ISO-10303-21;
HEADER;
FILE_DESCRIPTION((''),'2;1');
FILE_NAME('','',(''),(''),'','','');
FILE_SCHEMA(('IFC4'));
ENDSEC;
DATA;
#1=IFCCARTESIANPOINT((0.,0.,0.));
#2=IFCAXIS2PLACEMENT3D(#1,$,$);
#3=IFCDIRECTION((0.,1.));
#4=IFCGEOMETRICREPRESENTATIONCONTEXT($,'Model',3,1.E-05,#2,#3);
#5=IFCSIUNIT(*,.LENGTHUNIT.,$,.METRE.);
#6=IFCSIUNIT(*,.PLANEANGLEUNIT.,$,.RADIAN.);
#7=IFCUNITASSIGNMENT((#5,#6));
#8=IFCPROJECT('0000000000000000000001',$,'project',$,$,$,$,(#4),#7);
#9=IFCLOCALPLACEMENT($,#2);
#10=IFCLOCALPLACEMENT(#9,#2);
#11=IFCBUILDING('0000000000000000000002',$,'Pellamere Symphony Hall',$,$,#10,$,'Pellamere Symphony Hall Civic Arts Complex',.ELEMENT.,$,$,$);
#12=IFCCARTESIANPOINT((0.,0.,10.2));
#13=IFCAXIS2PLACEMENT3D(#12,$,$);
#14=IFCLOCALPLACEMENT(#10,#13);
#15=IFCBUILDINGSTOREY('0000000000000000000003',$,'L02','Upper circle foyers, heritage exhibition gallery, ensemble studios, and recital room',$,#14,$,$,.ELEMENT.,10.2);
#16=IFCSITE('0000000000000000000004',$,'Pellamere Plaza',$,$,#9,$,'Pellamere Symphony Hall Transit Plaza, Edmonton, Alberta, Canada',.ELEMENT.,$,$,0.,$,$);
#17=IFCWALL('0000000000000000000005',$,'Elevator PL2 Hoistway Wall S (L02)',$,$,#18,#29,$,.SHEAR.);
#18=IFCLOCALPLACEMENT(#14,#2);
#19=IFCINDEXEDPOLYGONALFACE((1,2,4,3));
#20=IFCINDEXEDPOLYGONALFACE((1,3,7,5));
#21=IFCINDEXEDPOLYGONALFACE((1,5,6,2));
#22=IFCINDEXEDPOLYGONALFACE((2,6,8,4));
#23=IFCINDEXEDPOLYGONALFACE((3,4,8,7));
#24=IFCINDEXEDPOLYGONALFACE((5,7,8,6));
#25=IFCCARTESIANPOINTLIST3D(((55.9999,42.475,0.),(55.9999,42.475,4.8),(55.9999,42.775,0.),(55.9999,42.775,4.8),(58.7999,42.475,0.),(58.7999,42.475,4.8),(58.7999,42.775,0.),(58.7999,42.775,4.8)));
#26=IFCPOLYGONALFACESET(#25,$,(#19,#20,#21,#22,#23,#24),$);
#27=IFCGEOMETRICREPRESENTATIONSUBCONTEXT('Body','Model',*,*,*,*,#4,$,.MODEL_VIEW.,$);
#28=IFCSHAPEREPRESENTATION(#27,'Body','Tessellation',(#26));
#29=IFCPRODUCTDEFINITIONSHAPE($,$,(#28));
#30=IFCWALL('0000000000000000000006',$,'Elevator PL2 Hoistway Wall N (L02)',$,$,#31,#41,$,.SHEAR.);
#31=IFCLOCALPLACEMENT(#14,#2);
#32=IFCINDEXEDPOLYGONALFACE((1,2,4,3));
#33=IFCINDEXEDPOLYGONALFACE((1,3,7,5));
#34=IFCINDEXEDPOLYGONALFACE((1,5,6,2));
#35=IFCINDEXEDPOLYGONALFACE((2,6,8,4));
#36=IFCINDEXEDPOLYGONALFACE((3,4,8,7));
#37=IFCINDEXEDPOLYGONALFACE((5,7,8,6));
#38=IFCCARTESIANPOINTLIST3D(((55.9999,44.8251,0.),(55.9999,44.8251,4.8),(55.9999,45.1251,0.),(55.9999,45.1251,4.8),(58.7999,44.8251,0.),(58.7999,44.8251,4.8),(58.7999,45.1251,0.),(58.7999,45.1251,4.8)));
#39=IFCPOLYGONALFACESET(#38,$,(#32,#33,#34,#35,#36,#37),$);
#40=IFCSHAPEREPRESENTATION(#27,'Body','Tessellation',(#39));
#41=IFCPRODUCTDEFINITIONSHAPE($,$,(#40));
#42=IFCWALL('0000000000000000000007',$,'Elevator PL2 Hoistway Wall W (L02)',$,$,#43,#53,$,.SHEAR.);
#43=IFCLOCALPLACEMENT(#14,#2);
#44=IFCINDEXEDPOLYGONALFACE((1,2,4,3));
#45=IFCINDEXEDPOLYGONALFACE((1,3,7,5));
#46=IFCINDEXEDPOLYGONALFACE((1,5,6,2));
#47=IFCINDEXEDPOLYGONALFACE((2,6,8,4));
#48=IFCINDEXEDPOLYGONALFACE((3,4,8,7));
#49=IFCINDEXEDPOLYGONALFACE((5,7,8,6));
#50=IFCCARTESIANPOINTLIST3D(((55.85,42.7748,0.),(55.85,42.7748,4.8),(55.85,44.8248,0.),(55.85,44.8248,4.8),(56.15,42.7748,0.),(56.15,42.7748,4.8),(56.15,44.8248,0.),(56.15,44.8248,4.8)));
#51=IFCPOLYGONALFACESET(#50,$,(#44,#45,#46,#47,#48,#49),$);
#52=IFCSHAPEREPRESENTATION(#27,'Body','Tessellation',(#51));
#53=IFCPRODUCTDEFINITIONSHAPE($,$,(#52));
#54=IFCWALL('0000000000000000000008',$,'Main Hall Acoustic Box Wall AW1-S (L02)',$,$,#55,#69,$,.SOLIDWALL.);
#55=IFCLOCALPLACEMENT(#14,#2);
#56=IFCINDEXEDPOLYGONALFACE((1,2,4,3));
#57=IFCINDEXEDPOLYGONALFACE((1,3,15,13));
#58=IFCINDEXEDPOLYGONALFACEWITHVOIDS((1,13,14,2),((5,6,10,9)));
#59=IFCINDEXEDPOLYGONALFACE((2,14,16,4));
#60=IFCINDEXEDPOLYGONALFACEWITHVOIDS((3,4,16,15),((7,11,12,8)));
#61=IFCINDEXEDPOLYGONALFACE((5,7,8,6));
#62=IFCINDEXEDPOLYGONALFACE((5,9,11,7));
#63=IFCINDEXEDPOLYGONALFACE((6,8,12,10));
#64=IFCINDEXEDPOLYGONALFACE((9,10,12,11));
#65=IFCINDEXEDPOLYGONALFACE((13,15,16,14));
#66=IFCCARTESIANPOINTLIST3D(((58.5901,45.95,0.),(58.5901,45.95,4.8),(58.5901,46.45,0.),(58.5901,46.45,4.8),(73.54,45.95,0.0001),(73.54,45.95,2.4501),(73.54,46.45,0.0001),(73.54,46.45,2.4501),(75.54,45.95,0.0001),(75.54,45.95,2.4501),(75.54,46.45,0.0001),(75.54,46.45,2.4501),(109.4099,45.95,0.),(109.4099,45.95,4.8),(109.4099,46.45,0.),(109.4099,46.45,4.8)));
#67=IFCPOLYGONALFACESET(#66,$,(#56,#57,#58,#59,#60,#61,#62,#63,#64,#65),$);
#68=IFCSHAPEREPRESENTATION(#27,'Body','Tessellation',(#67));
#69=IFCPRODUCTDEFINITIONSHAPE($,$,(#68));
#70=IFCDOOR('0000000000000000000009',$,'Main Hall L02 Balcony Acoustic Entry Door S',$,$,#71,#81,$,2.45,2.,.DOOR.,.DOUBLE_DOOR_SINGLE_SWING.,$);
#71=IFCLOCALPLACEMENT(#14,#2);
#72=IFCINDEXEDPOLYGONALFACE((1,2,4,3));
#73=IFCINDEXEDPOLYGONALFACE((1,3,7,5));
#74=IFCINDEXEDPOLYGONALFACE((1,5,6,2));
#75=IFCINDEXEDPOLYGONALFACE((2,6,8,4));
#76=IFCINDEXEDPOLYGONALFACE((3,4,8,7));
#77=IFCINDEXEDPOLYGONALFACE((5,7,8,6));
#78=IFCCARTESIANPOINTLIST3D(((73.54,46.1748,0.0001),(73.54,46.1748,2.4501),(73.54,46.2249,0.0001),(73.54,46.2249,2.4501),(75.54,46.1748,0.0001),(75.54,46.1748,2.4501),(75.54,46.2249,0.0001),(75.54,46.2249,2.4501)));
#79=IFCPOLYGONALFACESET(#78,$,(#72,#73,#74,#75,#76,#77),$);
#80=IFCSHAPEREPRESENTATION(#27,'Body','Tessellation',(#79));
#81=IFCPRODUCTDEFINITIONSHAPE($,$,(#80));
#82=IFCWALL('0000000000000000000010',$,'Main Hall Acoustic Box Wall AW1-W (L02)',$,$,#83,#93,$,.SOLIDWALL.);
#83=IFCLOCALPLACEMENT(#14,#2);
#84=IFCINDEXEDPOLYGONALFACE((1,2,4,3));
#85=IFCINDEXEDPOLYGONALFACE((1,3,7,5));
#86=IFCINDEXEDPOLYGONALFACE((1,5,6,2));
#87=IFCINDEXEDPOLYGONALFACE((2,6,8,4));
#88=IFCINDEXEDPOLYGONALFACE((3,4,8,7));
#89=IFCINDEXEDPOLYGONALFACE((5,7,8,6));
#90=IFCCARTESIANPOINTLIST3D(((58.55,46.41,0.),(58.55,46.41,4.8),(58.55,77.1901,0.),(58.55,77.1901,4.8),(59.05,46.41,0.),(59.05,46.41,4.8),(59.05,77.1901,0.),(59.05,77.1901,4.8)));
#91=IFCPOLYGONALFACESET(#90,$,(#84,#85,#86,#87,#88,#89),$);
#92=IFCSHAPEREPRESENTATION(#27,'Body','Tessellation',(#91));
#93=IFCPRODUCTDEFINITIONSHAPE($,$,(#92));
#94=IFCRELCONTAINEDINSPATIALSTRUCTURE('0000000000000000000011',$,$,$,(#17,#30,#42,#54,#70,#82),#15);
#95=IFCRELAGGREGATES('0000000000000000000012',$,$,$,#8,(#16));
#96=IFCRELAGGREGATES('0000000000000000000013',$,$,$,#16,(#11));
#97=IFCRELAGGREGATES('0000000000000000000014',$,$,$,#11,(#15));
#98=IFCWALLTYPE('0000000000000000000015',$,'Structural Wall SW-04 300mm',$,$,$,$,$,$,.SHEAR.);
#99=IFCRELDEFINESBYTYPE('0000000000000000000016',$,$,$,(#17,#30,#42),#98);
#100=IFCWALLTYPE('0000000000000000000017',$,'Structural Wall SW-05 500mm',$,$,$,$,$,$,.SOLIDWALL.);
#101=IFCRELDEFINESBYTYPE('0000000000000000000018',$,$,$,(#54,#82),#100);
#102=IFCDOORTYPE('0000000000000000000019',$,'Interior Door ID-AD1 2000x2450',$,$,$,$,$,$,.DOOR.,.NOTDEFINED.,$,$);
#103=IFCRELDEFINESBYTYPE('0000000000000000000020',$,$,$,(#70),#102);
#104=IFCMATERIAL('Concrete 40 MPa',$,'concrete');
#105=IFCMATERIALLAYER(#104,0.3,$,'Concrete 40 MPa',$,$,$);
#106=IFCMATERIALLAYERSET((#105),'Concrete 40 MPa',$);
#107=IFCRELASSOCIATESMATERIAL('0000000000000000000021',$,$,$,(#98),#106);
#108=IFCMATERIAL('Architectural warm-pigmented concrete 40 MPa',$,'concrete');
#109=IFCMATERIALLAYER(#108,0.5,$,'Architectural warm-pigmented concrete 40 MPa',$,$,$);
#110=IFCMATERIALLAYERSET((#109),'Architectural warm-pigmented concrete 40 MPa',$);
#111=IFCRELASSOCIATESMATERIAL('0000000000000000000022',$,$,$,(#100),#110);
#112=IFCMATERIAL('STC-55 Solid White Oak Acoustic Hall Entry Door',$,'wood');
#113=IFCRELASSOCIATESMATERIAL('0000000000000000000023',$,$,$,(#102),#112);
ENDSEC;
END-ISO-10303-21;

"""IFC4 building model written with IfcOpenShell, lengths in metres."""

from ifc_helpers import new_model, si_unit, direction, frame, frame_2d, origin, place, context, subcontext, project, spatial, rectangle, extrude, material, layer, layer_set, type_object, element, fill, save


model = new_model("IFC4")

# Units and contexts
model_context = context("Model", 3, precision=1e-05, world=origin(), true_north=direction((0.0, 1.0)))
body_context = subcontext(model_context, "Body", "Model", "MODEL_VIEW")
ifc_project = project(units=[si_unit("LENGTHUNIT", "METRE"), si_unit("PLANEANGLEUNIT", "RADIAN")], contexts=[model_context])

# Site, building, storey
site_placement = place(None, origin())
site = spatial("IfcSite", under=ifc_project, at=site_placement, Name="Pellamere Plaza", LongName="Pellamere Symphony Hall Transit Plaza, Edmonton, Alberta, Canada", CompositionType="ELEMENT", RefElevation=0.0)
building_placement = place(site_placement, origin())
building = spatial("IfcBuilding", under=site, at=building_placement, Name="Pellamere Symphony Hall", LongName="Pellamere Symphony Hall Civic Arts Complex", CompositionType="ELEMENT")
storey_placement = place(building_placement, frame((0.0, 0.0, 10.2)))
storey = spatial("IfcBuildingStorey", under=building, at=storey_placement, Name="L02", Description="Upper circle foyers, heritage exhibition gallery, ensemble studios, and recital room", CompositionType="ELEMENT", Elevation=10.2)

# Shared definitions
ifc_material_1 = material(Name="Concrete 40 MPa", Category="concrete")

# Walls
ifc_layer_1 = layer(ifc_material_1, 0.3, Name="Concrete 40 MPa")
ifc_layer_set_1 = layer_set([ifc_layer_1], Name="Concrete 40 MPa")
wall_type_1 = type_object("IfcWallType", Name="Structural Wall SW-04 300mm", PredefinedType="SHEAR", material=ifc_layer_set_1)
for number, where, z_axis, x_axis, name in (
    (1, (56.0, 42.625, 0.0), (0.0, 0.0, 1.0), (1.0, 0.0, 0.0), "Elevator PL2 Hoistway Wall S (L02)"),
    (2, (56.0, 44.9751, 0.0), (0.0, 0.0, 1.0), (1.0, 0.0, 0.0), "Elevator PL2 Hoistway Wall N (L02)"),
):
    element("IfcWall", number, at=place(storey_placement, frame(where, z_axis=z_axis, x_axis=x_axis)), inside=storey, type_object=wall_type_1, Name=name, PredefinedType="SHEAR", context=body_context, shape_type="SweptSolid", body=[
        extrude(rectangle(XDim=2.8, YDim=0.3, at=frame_2d((1.3999, 0.0))), origin(), (0.0, 0.0, 1.0), 4.8),
    ])
wall_1_placement = place(storey_placement, frame((56.0, 42.7749, 0.0), z_axis=(0.0, 0.0, 1.0), x_axis=(0.0, 1.0, 0.0)))
element("IfcWall", 3, at=wall_1_placement, inside=storey, type_object=wall_type_1, Name="Elevator PL2 Hoistway Wall W (L02)", PredefinedType="SHEAR", context=body_context, shape_type="SweptSolid", body=[
    extrude(rectangle(XDim=2.05, YDim=0.3, at=frame_2d((1.0249, 0.0))), origin(), (0.0, 0.0, 1.0), 4.8),
])

# Wall, opening, door
ifc_material_2 = material(Name="Architectural warm-pigmented concrete 40 MPa", Category="concrete")
ifc_layer_2 = layer(ifc_material_2, 0.5, Name="Architectural warm-pigmented concrete 40 MPa")
ifc_layer_set_2 = layer_set([ifc_layer_2], Name="Architectural warm-pigmented concrete 40 MPa")
wall_type_2 = type_object("IfcWallType", Name="Structural Wall SW-05 500mm", PredefinedType="SOLIDWALL", material=ifc_layer_set_2)
wall_2_placement = place(storey_placement, frame((58.5901, 46.2, 0.0), z_axis=(0.0, 0.0, 1.0), x_axis=(1.0, 0.0, 0.0)))
wall_2 = element("IfcWall", 4, at=wall_2_placement, inside=storey, type_object=wall_type_2, Name="Main Hall Acoustic Box Wall AW1-S (L02)", PredefinedType="SOLIDWALL", context=body_context, shape_type="SweptSolid", body=[
    extrude(rectangle(XDim=50.8198, YDim=0.5, at=frame_2d((25.4099, 0.0))), origin(), (0.0, 0.0, 1.0), 4.8),
])
opening_1_placement = place(wall_2_placement, frame((14.95, 0.0, 0.0)))
opening_1 = element("IfcOpeningElement", 5, at=opening_1_placement, cuts=wall_2, PredefinedType="OPENING", context=body_context, shape_type="SweptSolid", body=[
    extrude(rectangle(XDim=2.0, YDim=2.45, at=frame_2d((1.0, 1.2251))), frame((0.0, 0.26, 0.0), z_axis=(0.0, -1.0, 0.0), x_axis=(1.0, 0.0, 0.0)), (0.0, 0.0, 1.0), 0.52),
])
ifc_material_3 = material(Name="STC-55 Solid White Oak Acoustic Hall Entry Door", Category="wood")
door_type_1 = type_object("IfcDoorType", Name="Interior Door ID-AD1 2000x2450", OperationType="NOTDEFINED", PredefinedType="DOOR", material=ifc_material_3)
door_1_placement = place(opening_1_placement, origin())
door_1 = element("IfcDoor", 6, at=door_1_placement, inside=storey, type_object=door_type_1, Name="Main Hall L02 Balcony Acoustic Entry Door S", OperationType="DOUBLE_DOOR_SINGLE_SWING", OverallHeight=2.45, OverallWidth=2.0, PredefinedType="DOOR", context=body_context, shape_type="SweptSolid", body=[
    extrude(rectangle(XDim=2.0, YDim=2.45, at=frame_2d((1.0, 1.2251))), frame((0.0, 0.0249, 0.0), z_axis=(0.0, -1.0, 0.0), x_axis=(1.0, 0.0, 0.0)), (0.0, 0.0, 1.0), 0.05),
])
fill(opening_1, door_1)

# Wall
wall_3_placement = place(storey_placement, frame((58.8, 46.4099, 0.0), z_axis=(0.0, 0.0, 1.0), x_axis=(0.0, 1.0, 0.0)))
element("IfcWall", 7, at=wall_3_placement, inside=storey, type_object=wall_type_2, Name="Main Hall Acoustic Box Wall AW1-W (L02)", PredefinedType="SOLIDWALL", context=body_context, shape_type="SweptSolid", body=[
    extrude(rectangle(XDim=30.78, YDim=0.5, at=frame_2d((15.3901, 0.0))), origin(), (0.0, 0.0, 1.0), 4.8),
])

save(model, "model.ifc")
